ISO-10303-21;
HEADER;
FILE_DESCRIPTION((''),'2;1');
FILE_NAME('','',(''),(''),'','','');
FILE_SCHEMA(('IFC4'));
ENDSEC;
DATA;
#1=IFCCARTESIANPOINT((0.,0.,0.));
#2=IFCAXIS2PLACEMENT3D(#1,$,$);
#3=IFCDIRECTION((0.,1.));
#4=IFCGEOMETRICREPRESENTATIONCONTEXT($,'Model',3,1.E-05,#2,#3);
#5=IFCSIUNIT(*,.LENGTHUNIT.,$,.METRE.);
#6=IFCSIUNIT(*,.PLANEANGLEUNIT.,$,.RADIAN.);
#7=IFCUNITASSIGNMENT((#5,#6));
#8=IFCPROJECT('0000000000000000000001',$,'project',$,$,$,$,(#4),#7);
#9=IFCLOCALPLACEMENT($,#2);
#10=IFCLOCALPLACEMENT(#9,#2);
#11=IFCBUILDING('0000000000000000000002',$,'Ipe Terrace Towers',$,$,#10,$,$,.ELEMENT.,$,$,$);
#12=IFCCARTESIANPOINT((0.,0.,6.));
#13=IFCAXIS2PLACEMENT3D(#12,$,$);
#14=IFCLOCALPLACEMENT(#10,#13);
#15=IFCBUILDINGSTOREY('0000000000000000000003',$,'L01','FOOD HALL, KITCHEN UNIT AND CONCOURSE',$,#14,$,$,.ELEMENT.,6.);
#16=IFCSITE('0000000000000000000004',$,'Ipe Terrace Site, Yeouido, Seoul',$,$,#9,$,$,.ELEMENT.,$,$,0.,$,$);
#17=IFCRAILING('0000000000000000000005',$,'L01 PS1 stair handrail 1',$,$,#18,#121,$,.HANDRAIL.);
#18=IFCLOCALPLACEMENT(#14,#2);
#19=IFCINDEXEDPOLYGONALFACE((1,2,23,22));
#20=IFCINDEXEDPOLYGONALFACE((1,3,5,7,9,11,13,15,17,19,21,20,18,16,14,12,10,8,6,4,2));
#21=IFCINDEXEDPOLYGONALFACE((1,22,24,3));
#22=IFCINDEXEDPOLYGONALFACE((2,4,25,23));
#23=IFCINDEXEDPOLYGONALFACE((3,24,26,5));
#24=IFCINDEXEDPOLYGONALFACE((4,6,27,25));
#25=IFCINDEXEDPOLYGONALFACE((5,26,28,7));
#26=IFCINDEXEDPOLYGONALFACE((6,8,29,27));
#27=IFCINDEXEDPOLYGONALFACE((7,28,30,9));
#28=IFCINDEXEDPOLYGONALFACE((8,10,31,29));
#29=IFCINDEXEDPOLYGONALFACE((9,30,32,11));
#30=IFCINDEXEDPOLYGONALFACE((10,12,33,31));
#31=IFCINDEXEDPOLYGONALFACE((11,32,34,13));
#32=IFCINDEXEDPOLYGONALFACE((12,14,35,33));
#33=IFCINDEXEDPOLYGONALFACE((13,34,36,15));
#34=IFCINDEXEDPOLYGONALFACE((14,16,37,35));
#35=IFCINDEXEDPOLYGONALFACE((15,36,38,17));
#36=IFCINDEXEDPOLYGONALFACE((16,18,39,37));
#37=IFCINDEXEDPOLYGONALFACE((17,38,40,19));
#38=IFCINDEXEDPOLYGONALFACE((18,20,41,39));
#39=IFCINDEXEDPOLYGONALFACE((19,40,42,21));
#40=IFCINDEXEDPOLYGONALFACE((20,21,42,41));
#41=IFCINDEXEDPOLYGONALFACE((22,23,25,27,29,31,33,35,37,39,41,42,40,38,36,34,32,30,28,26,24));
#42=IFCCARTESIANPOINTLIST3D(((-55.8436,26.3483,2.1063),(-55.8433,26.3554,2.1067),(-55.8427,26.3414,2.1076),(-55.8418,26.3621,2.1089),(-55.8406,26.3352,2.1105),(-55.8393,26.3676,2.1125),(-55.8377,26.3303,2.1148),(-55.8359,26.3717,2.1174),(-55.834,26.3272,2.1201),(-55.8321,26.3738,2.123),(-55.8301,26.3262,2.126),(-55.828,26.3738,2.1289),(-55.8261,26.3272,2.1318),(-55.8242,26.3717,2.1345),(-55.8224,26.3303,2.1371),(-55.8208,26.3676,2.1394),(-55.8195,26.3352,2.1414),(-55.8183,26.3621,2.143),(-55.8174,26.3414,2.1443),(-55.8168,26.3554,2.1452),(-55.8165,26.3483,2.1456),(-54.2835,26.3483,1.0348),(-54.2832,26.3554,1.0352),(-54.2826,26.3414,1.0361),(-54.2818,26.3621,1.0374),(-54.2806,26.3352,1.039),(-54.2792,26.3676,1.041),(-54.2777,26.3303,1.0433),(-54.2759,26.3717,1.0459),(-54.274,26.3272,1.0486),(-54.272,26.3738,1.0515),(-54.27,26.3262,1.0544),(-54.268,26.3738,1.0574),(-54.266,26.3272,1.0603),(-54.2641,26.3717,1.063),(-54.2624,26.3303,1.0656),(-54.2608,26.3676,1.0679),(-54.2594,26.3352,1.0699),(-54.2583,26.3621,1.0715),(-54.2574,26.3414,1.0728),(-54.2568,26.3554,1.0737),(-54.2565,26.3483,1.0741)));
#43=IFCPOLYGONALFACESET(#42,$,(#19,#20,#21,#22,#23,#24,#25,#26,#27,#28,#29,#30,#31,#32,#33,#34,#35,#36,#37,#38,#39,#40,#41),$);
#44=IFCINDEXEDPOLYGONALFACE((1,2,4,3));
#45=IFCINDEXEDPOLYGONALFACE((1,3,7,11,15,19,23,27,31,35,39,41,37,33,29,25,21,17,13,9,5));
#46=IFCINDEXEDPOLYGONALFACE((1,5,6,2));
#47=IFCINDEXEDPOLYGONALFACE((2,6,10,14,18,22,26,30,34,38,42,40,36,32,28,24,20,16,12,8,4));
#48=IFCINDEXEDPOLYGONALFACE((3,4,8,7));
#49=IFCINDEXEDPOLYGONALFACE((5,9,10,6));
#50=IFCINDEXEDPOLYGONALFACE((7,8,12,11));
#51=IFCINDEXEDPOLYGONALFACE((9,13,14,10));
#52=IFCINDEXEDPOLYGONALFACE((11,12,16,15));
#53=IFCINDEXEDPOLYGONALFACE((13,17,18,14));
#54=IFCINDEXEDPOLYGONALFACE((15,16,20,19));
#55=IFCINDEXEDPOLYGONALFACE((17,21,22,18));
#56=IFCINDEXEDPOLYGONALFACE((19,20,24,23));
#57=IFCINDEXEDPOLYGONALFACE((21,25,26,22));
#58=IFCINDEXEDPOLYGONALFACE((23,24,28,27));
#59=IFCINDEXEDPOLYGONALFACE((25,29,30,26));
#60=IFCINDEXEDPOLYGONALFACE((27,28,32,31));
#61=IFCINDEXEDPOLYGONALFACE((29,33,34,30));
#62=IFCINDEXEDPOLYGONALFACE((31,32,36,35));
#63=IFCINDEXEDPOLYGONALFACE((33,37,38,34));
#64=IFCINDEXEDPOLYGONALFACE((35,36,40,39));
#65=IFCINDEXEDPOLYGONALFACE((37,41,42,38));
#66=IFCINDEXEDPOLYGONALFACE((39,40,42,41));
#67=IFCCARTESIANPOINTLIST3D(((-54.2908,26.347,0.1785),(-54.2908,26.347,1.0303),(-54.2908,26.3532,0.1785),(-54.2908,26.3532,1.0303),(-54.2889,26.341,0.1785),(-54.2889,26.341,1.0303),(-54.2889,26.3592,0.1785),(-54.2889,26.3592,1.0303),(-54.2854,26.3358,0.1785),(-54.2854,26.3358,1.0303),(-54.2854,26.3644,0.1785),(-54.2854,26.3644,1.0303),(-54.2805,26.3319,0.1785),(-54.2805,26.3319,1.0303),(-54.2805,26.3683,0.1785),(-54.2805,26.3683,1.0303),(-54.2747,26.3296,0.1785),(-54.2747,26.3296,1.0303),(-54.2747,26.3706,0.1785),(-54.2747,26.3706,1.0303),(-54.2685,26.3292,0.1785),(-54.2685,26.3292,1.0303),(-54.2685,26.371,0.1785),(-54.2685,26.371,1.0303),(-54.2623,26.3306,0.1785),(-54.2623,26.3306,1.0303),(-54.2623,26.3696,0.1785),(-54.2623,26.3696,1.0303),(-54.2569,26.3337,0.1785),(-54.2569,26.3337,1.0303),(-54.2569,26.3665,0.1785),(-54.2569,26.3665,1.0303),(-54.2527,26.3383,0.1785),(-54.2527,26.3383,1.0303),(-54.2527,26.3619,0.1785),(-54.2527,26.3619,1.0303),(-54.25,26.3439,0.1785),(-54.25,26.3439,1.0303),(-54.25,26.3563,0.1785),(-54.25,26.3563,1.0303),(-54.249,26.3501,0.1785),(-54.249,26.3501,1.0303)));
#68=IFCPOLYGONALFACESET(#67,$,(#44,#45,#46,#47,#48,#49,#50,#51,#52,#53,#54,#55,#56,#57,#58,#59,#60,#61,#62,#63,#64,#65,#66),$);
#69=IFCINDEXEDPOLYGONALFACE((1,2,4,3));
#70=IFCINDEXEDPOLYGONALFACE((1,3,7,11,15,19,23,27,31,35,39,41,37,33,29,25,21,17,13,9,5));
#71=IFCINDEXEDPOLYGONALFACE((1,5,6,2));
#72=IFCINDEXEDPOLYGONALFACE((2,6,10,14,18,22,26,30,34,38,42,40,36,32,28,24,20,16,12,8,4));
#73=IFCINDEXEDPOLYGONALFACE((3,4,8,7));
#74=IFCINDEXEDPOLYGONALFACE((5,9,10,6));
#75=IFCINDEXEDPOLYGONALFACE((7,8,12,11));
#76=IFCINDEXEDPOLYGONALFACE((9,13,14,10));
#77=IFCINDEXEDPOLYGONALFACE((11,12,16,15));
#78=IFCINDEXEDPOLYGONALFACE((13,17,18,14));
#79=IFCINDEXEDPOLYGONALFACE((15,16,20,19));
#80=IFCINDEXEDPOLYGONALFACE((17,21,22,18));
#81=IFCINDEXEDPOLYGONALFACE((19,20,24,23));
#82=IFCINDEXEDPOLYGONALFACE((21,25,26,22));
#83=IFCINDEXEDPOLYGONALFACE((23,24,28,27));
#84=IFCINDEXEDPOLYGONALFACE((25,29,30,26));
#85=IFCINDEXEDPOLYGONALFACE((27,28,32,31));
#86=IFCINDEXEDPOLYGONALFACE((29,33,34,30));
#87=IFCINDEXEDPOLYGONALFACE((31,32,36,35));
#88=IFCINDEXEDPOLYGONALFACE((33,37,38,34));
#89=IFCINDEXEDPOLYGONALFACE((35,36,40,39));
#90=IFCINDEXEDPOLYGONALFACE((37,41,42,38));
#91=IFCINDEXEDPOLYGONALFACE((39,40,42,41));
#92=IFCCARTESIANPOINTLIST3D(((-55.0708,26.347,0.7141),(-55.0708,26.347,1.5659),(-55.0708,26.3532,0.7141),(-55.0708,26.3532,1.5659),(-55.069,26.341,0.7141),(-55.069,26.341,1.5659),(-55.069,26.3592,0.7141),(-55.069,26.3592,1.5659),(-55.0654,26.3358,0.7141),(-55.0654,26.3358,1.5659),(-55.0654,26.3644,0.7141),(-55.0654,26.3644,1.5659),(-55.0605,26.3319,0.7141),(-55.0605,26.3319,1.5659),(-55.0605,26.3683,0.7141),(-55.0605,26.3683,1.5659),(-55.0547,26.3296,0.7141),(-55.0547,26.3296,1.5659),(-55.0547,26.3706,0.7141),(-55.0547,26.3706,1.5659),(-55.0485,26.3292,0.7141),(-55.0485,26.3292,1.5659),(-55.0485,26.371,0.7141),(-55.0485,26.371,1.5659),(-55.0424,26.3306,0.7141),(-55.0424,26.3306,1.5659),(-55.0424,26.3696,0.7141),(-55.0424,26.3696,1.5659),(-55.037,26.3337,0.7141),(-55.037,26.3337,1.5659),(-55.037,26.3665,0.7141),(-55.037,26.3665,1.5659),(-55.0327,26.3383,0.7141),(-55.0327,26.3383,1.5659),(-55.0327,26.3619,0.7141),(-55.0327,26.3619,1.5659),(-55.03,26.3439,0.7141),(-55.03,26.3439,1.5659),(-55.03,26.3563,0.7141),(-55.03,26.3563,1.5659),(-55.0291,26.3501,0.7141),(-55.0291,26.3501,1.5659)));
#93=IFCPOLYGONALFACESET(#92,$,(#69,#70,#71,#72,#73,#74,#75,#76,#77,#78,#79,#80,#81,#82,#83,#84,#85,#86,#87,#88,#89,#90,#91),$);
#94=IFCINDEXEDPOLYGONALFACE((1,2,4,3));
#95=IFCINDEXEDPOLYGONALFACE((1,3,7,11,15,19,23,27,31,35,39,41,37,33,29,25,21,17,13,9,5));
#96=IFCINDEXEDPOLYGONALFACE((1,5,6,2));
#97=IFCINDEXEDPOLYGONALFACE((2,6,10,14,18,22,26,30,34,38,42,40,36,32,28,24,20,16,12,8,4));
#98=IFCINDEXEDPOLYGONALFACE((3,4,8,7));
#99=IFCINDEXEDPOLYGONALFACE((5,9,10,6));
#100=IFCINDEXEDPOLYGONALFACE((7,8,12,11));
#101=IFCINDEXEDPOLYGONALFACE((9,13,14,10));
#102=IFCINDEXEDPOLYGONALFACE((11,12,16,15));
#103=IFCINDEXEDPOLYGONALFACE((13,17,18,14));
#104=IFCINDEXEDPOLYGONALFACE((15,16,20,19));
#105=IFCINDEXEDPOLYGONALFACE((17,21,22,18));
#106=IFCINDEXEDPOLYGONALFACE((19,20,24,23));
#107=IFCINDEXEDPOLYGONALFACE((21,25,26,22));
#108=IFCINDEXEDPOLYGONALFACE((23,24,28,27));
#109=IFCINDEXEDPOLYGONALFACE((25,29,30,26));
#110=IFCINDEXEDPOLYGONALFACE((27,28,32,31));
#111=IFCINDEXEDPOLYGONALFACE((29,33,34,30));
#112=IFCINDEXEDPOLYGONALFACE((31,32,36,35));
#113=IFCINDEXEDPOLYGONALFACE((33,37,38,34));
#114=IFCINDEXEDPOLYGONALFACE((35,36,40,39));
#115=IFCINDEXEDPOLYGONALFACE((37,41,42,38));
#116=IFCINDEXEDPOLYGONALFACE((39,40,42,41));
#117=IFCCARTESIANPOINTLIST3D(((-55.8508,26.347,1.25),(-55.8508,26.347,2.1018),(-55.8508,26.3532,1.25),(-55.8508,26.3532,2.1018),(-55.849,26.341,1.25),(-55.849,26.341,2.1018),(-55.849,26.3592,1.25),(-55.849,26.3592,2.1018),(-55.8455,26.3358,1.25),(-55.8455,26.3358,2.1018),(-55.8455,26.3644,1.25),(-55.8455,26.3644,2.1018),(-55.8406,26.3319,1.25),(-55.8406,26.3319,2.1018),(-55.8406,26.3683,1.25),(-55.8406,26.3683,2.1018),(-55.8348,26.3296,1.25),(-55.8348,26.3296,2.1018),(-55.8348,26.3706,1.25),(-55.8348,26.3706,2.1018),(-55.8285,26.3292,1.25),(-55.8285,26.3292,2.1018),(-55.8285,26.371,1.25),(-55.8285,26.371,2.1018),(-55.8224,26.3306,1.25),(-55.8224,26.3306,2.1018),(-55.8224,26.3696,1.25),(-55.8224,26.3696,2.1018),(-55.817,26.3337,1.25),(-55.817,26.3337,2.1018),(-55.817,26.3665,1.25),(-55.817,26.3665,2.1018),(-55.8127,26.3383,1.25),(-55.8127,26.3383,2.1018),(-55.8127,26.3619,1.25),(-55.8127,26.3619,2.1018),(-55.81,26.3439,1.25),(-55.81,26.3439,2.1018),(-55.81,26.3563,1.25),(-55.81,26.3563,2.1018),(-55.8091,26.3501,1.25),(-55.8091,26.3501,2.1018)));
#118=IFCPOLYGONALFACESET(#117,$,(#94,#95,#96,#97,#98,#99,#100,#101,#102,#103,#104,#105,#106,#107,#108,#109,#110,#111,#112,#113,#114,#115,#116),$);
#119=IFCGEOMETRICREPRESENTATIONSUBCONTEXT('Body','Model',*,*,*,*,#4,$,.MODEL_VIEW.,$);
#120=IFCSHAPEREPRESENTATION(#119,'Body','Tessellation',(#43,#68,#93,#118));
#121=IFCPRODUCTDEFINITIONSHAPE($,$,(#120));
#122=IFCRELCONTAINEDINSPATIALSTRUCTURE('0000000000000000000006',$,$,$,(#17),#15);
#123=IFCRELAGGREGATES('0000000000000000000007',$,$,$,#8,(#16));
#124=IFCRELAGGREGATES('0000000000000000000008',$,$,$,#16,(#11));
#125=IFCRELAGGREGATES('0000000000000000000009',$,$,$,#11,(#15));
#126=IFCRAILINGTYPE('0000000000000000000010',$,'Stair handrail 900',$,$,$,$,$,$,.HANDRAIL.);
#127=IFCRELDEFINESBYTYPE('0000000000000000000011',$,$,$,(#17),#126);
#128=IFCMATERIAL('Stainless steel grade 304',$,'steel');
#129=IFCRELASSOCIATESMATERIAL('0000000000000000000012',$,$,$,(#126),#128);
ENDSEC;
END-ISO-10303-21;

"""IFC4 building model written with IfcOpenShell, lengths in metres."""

from ifc_helpers import new_model, si_unit, direction, frame, origin, origin_2d, place, context, subcontext, project, spatial, circle, extrude, material, type_object, element, save


model = new_model("IFC4")

# Units and contexts
model_context = context("Model", 3, precision=1e-05, world=origin(), true_north=direction((0.0, 1.0)))
body_context = subcontext(model_context, "Body", "Model", "MODEL_VIEW")
ifc_project = project(units=[si_unit("LENGTHUNIT", "METRE"), si_unit("PLANEANGLEUNIT", "RADIAN")], contexts=[model_context])

# Site, building, storey
site_placement = place(None, origin())
site = spatial("IfcSite", under=ifc_project, at=site_placement, Name="Ipe Terrace Site, Yeouido, Seoul", CompositionType="ELEMENT", RefElevation=0.0)
building_placement = place(site_placement, origin())
building = spatial("IfcBuilding", under=site, at=building_placement, Name="Ipe Terrace Towers", CompositionType="ELEMENT")
storey_placement = place(building_placement, frame((0.0, 0.0, 6.0)))
storey = spatial("IfcBuildingStorey", under=building, at=storey_placement, Name="L01", Description="FOOD HALL, KITCHEN UNIT AND CONCOURSE", CompositionType="ELEMENT", Elevation=6.0)

# Railing
ifc_material_1 = material(Name="Stainless steel grade 304", Category="steel")
railing_type_1 = type_object("IfcRailingType", Name="Stair handrail 900", PredefinedType="HANDRAIL", material=ifc_material_1)
railing_1_placement = place(storey_placement, frame((-54.27, 26.3501, 0.1785)))
element("IfcRailing", 1, at=railing_1_placement, inside=storey, type_object=railing_type_1, Name="L01 PS1 stair handrail 1", PredefinedType="HANDRAIL", context=body_context, shape_type="SweptSolid", body=[
    extrude(circle(Radius=0.0239, at=origin_2d()), frame((0.0, 0.0, 0.876), z_axis=(-0.82429, 0.0, 0.566167), x_axis=(0.0, -1.0, 0.0)), (0.0, 0.0, 1.0), 1.8926),
    extrude(circle(Radius=0.021, at=origin_2d()), origin(), (0.0, 0.0, 1.0), 0.8518),
    extrude(circle(Radius=0.021, at=origin_2d()), frame((-0.78, 0.0, 0.5356)), (0.0, 0.0, 1.0), 0.8518),
    extrude(circle(Radius=0.021, at=origin_2d()), frame((-1.5601, 0.0, 1.0715)), (0.0, 0.0, 1.0), 0.8518),
])

save(model, "model.ifc")
